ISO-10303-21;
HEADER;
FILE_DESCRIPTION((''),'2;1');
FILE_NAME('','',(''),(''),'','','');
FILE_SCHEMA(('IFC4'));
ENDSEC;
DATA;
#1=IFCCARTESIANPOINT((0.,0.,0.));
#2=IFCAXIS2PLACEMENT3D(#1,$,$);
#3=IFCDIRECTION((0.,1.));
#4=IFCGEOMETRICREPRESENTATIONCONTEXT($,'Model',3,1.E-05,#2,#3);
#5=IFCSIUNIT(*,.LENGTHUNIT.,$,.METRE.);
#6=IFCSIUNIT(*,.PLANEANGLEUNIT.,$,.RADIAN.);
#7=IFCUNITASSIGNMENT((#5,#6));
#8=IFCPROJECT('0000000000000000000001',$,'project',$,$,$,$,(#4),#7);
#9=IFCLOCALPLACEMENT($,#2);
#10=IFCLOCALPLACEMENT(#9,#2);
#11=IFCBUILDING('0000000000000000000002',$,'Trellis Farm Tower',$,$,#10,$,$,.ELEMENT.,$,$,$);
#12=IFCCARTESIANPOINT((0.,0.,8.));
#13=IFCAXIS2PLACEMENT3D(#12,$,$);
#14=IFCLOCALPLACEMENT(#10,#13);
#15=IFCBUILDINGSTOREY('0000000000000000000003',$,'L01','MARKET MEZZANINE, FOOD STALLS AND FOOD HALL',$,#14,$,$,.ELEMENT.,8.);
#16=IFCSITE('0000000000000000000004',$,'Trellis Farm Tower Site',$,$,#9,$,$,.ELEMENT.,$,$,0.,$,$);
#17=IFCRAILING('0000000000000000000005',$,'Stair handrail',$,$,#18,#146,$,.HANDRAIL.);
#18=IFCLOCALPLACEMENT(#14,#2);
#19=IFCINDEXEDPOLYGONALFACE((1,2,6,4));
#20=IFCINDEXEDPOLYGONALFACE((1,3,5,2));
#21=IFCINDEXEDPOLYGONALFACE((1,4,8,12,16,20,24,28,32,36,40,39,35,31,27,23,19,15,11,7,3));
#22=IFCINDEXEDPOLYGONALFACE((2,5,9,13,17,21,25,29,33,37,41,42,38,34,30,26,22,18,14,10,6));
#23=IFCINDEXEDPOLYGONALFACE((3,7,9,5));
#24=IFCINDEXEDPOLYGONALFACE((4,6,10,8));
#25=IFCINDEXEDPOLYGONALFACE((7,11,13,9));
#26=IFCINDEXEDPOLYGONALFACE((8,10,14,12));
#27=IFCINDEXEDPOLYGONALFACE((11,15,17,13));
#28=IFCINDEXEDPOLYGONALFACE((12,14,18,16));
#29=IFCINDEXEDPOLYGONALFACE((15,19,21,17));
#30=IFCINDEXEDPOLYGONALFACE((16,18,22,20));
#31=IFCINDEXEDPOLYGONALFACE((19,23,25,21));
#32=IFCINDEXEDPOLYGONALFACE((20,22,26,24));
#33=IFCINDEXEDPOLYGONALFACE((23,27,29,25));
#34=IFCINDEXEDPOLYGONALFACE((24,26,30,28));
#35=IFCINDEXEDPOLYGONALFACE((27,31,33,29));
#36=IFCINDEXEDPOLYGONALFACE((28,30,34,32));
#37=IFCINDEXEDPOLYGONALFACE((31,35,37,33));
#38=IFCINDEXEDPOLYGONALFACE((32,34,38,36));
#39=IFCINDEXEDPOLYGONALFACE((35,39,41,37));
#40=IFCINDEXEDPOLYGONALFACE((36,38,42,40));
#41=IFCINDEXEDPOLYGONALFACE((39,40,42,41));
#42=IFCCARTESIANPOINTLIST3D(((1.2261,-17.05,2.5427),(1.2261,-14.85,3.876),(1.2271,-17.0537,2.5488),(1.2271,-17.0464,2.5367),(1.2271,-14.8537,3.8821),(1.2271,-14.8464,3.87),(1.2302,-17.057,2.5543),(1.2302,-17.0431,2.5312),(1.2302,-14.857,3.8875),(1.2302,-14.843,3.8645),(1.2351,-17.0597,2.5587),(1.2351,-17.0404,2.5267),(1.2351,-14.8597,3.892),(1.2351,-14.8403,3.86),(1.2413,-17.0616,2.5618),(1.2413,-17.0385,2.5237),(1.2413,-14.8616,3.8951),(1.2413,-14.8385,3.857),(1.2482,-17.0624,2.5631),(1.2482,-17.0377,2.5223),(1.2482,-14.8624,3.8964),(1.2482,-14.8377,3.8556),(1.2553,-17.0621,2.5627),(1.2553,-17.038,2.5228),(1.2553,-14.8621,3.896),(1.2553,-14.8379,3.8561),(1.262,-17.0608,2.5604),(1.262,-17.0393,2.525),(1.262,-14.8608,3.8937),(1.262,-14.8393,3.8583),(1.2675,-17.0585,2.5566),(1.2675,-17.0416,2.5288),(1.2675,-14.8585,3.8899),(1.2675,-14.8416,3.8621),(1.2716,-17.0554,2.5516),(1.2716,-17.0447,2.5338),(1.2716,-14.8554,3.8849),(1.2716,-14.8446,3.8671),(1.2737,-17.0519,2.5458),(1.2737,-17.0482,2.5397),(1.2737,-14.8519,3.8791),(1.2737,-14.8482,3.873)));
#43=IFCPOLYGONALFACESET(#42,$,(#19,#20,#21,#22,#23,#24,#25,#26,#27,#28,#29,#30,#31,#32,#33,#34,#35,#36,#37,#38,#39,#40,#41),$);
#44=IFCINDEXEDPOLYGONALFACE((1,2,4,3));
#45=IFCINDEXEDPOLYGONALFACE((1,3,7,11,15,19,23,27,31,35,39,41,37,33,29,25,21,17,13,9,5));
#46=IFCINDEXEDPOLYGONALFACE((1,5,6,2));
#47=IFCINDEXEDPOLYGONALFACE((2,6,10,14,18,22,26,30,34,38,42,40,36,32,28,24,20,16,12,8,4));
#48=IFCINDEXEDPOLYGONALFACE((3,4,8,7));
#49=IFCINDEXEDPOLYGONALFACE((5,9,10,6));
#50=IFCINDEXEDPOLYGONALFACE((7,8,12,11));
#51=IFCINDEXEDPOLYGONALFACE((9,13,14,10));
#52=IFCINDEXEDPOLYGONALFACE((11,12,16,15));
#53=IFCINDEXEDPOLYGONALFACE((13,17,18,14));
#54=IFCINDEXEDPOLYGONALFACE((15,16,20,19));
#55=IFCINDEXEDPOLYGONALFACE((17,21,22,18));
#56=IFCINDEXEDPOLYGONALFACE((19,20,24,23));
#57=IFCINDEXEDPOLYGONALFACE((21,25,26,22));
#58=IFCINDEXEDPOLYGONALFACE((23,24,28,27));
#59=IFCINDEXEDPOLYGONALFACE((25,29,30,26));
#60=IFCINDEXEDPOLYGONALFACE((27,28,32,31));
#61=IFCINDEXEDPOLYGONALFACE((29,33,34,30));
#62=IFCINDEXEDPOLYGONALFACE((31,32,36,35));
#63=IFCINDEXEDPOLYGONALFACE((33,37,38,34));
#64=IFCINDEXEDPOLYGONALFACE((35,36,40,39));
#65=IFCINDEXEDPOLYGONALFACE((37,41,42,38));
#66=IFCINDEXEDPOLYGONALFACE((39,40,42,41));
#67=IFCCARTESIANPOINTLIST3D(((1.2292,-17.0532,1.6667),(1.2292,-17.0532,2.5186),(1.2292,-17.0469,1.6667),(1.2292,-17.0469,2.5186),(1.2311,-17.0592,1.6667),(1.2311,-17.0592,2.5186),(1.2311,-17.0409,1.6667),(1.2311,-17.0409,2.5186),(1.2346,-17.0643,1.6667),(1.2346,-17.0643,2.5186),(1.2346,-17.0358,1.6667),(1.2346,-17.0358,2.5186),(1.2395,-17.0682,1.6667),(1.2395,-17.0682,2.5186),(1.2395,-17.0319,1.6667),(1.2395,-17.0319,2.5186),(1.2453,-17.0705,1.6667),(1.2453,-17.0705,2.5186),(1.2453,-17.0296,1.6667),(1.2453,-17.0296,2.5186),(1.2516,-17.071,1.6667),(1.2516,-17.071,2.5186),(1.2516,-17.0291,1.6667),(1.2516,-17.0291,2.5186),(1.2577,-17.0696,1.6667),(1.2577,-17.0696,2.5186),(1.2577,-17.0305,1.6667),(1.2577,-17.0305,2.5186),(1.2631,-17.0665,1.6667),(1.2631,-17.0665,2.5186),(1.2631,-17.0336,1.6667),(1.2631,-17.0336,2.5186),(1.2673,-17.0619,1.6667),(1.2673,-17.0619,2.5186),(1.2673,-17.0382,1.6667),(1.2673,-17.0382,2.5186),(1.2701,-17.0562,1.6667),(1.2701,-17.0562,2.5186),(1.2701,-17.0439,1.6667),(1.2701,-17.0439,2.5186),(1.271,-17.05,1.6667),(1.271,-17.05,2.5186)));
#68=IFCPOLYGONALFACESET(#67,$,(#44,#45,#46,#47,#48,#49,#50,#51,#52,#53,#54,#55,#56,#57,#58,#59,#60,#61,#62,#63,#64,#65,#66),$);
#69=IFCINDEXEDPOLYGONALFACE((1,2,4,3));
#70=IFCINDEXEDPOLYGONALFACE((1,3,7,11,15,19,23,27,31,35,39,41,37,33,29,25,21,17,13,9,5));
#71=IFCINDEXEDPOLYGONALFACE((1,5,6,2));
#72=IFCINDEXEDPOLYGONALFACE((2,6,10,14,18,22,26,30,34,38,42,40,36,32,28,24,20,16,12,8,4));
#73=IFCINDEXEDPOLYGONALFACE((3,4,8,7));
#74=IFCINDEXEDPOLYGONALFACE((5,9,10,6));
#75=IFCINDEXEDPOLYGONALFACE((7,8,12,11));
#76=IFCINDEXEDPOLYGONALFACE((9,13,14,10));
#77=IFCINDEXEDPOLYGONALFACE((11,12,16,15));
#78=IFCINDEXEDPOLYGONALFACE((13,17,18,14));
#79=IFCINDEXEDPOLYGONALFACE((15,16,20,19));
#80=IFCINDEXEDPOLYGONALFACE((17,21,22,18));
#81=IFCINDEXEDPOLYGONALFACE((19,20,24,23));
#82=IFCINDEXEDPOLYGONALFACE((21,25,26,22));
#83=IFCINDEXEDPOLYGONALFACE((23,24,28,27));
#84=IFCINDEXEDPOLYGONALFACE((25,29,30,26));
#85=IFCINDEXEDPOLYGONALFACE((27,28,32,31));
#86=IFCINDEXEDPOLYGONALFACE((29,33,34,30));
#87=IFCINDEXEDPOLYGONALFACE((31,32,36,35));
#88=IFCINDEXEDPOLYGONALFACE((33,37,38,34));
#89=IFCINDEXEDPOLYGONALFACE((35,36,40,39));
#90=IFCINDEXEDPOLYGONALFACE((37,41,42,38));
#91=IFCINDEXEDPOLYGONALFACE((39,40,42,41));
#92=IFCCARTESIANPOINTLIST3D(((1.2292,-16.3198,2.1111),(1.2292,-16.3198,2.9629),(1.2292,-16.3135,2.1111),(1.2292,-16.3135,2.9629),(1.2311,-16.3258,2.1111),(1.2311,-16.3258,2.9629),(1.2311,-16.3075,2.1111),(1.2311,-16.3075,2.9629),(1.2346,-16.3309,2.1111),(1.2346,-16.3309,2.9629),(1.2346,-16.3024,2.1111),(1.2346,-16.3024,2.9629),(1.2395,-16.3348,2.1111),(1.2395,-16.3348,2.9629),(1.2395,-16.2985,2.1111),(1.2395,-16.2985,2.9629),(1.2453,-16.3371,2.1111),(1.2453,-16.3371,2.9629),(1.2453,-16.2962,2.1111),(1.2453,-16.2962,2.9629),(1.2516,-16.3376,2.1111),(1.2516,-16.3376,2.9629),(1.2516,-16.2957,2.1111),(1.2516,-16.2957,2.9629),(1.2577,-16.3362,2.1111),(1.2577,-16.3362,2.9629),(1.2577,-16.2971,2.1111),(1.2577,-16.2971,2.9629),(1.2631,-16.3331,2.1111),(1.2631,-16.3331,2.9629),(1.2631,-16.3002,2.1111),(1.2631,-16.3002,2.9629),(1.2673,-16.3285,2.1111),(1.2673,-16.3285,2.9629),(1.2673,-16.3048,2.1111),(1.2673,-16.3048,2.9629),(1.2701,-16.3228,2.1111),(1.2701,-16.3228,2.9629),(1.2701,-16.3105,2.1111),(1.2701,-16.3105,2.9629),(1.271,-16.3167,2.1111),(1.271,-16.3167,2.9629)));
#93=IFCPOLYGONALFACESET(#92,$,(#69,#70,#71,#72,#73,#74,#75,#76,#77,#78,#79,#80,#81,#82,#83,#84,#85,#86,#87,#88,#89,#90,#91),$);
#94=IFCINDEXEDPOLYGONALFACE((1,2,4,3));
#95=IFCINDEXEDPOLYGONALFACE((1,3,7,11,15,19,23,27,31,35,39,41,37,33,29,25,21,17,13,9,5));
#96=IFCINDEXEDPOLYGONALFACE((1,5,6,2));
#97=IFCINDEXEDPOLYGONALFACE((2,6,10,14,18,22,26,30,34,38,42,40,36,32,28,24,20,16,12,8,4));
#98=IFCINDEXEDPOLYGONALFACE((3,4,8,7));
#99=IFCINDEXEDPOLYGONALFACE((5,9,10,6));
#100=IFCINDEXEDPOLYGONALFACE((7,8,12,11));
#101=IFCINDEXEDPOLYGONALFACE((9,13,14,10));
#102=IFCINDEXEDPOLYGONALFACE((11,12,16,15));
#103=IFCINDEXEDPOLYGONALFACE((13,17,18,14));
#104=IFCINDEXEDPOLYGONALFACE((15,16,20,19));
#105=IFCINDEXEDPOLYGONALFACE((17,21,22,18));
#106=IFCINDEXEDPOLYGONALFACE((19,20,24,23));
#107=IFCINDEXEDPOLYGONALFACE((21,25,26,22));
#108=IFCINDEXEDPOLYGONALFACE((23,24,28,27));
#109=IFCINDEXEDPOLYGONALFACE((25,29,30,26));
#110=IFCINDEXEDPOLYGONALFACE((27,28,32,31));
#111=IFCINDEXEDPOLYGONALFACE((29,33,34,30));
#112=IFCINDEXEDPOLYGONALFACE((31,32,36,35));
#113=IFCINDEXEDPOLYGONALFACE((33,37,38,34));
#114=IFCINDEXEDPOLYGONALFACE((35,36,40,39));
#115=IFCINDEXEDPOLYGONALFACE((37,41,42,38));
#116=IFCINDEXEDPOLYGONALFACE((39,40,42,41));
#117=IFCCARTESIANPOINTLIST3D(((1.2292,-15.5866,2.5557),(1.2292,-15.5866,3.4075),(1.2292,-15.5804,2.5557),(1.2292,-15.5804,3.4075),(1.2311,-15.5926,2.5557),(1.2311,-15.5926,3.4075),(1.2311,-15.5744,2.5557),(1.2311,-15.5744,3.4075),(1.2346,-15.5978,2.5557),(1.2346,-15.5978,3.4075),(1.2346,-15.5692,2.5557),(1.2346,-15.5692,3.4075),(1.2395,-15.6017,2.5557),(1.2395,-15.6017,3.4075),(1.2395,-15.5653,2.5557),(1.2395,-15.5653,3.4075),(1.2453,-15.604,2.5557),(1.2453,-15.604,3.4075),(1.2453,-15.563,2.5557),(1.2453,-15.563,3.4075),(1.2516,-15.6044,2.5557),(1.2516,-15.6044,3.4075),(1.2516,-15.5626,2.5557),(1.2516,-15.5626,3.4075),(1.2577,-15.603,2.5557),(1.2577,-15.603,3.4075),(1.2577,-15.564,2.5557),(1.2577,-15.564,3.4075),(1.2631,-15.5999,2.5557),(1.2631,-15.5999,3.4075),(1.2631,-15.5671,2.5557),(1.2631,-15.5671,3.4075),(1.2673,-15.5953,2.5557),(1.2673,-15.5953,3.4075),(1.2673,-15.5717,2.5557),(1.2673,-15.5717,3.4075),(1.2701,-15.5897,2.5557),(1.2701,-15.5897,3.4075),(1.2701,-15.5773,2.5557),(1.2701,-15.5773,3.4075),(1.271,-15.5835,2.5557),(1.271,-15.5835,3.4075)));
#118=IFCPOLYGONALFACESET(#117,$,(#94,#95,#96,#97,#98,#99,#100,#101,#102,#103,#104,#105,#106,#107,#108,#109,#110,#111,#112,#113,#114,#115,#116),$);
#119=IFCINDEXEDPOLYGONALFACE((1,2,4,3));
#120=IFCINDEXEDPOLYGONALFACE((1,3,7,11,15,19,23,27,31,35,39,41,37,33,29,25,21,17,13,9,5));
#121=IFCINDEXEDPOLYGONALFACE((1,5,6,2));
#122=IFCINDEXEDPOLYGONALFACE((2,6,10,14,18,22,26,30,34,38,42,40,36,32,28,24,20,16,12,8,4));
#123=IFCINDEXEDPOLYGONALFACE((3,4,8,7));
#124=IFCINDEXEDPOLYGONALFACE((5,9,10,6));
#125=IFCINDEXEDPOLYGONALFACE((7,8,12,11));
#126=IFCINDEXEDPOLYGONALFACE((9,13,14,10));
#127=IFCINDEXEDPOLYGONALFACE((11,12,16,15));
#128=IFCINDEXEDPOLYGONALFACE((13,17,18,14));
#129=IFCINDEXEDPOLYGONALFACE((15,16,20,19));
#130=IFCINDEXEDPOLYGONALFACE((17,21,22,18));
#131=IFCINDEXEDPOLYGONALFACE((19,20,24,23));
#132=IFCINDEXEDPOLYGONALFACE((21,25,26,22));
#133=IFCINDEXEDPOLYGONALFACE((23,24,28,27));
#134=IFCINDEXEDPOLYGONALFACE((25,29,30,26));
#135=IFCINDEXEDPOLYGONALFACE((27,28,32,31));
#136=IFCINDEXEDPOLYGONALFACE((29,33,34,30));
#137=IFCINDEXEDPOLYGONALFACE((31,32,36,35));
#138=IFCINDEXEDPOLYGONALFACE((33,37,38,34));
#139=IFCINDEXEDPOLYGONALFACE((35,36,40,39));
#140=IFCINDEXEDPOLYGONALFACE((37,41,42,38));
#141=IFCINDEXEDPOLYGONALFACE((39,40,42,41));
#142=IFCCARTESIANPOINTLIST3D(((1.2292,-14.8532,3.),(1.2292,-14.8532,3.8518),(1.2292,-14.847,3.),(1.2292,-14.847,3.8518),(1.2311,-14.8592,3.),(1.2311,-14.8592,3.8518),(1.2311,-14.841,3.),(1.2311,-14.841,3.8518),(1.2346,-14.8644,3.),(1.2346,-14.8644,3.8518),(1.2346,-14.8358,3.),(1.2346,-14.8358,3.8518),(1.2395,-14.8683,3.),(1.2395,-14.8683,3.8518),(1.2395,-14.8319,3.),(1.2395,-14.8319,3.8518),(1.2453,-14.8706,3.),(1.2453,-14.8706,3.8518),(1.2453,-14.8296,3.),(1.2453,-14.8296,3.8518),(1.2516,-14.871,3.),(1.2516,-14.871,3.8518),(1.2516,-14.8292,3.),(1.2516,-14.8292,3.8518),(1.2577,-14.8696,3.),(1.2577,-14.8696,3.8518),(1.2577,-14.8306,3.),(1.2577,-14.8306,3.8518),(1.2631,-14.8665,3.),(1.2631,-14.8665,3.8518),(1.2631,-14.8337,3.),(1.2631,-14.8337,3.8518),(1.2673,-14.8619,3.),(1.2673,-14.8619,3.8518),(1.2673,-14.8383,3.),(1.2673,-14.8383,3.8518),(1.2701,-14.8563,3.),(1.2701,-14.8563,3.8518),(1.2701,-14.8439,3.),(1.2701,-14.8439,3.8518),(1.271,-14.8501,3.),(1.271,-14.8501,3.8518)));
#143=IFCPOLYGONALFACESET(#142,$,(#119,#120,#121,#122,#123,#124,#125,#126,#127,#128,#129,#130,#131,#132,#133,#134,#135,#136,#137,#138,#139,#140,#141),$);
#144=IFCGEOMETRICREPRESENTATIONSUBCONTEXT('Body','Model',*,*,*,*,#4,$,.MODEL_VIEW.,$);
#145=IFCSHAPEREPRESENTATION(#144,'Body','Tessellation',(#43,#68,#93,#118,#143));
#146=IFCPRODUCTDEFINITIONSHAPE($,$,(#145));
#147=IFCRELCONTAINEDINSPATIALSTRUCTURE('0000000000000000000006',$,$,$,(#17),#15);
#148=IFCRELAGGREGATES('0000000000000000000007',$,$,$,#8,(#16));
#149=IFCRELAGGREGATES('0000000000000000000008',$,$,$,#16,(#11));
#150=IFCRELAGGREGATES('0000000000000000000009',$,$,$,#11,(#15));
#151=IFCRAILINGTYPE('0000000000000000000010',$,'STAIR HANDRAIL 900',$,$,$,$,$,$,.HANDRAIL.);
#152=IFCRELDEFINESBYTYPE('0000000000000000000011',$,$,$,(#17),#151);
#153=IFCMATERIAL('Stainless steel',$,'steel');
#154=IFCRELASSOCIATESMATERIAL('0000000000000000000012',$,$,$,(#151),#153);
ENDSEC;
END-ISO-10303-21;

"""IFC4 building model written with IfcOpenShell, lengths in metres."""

from ifc_helpers import new_model, si_unit, direction, frame, origin, origin_2d, place, context, subcontext, project, spatial, circle, extrude, source, transform, mapped, material, type_object, element, save


model = new_model("IFC4")

# Units and contexts
model_context = context("Model", 3, precision=1e-05, world=origin(), true_north=direction((0.0, 1.0)))
body_context = subcontext(model_context, "Body", "Model", "MODEL_VIEW")
ifc_project = project(units=[si_unit("LENGTHUNIT", "METRE"), si_unit("PLANEANGLEUNIT", "RADIAN")], contexts=[model_context])

# Site, building, storey
site_placement = place(None, origin())
site = spatial("IfcSite", under=ifc_project, at=site_placement, Name="Trellis Farm Tower Site", CompositionType="ELEMENT", RefElevation=0.0)
building_placement = place(site_placement, origin())
building = spatial("IfcBuilding", under=site, at=building_placement, Name="Trellis Farm Tower", CompositionType="ELEMENT")
storey_placement = place(building_placement, frame((0.0, 0.0, 8.0)))
storey = spatial("IfcBuildingStorey", under=building, at=storey_placement, Name="L01", Description="MARKET MEZZANINE, FOOD STALLS AND FOOD HALL", CompositionType="ELEMENT", Elevation=8.0)

# Railing
ifc_material_1 = material(Name="Stainless steel", Category="steel")
railing_type = type_object("IfcRailingType", Name="STAIR HANDRAIL 900", PredefinedType="HANDRAIL", material=ifc_material_1)
shared_shape_1 = source(origin(), body_context, "Body", "SweptSolid", [
    extrude(circle(Radius=0.0239, at=origin_2d()), frame((0.0, 0.0, 0.876), z_axis=(0.0, 0.855207, 0.518287), x_axis=(-1.0, 0.0, 0.0)), (0.0, 0.0, 1.0), 2.5725),
    extrude(circle(Radius=0.021, at=origin_2d()), origin(), (0.0, 0.0, 1.0), 0.8518),
    extrude(circle(Radius=0.021, at=origin_2d()), frame((0.0, 0.7334, 0.4443)), (0.0, 0.0, 1.0), 0.8518),
    extrude(circle(Radius=0.021, at=origin_2d()), frame((0.0, 1.4666, 0.8889)), (0.0, 0.0, 1.0), 0.8518),
    extrude(circle(Radius=0.021, at=origin_2d()), frame((0.0, 2.2, 1.3333)), (0.0, 0.0, 1.0), 0.8518),
])
for number, where, name in (
    (1, (1.25, -17.05, 1.6667), "Stair handrail"),
):
    element("IfcRailing", number, at=place(storey_placement, frame(where)), inside=storey, type_object=railing_type, Name=name, PredefinedType="HANDRAIL", context=body_context, shape_type="MappedRepresentation", body=[
        mapped(shared_shape_1, transform((0.0, 0.0, 0.0))),
    ])

save(model, "model.ifc")
